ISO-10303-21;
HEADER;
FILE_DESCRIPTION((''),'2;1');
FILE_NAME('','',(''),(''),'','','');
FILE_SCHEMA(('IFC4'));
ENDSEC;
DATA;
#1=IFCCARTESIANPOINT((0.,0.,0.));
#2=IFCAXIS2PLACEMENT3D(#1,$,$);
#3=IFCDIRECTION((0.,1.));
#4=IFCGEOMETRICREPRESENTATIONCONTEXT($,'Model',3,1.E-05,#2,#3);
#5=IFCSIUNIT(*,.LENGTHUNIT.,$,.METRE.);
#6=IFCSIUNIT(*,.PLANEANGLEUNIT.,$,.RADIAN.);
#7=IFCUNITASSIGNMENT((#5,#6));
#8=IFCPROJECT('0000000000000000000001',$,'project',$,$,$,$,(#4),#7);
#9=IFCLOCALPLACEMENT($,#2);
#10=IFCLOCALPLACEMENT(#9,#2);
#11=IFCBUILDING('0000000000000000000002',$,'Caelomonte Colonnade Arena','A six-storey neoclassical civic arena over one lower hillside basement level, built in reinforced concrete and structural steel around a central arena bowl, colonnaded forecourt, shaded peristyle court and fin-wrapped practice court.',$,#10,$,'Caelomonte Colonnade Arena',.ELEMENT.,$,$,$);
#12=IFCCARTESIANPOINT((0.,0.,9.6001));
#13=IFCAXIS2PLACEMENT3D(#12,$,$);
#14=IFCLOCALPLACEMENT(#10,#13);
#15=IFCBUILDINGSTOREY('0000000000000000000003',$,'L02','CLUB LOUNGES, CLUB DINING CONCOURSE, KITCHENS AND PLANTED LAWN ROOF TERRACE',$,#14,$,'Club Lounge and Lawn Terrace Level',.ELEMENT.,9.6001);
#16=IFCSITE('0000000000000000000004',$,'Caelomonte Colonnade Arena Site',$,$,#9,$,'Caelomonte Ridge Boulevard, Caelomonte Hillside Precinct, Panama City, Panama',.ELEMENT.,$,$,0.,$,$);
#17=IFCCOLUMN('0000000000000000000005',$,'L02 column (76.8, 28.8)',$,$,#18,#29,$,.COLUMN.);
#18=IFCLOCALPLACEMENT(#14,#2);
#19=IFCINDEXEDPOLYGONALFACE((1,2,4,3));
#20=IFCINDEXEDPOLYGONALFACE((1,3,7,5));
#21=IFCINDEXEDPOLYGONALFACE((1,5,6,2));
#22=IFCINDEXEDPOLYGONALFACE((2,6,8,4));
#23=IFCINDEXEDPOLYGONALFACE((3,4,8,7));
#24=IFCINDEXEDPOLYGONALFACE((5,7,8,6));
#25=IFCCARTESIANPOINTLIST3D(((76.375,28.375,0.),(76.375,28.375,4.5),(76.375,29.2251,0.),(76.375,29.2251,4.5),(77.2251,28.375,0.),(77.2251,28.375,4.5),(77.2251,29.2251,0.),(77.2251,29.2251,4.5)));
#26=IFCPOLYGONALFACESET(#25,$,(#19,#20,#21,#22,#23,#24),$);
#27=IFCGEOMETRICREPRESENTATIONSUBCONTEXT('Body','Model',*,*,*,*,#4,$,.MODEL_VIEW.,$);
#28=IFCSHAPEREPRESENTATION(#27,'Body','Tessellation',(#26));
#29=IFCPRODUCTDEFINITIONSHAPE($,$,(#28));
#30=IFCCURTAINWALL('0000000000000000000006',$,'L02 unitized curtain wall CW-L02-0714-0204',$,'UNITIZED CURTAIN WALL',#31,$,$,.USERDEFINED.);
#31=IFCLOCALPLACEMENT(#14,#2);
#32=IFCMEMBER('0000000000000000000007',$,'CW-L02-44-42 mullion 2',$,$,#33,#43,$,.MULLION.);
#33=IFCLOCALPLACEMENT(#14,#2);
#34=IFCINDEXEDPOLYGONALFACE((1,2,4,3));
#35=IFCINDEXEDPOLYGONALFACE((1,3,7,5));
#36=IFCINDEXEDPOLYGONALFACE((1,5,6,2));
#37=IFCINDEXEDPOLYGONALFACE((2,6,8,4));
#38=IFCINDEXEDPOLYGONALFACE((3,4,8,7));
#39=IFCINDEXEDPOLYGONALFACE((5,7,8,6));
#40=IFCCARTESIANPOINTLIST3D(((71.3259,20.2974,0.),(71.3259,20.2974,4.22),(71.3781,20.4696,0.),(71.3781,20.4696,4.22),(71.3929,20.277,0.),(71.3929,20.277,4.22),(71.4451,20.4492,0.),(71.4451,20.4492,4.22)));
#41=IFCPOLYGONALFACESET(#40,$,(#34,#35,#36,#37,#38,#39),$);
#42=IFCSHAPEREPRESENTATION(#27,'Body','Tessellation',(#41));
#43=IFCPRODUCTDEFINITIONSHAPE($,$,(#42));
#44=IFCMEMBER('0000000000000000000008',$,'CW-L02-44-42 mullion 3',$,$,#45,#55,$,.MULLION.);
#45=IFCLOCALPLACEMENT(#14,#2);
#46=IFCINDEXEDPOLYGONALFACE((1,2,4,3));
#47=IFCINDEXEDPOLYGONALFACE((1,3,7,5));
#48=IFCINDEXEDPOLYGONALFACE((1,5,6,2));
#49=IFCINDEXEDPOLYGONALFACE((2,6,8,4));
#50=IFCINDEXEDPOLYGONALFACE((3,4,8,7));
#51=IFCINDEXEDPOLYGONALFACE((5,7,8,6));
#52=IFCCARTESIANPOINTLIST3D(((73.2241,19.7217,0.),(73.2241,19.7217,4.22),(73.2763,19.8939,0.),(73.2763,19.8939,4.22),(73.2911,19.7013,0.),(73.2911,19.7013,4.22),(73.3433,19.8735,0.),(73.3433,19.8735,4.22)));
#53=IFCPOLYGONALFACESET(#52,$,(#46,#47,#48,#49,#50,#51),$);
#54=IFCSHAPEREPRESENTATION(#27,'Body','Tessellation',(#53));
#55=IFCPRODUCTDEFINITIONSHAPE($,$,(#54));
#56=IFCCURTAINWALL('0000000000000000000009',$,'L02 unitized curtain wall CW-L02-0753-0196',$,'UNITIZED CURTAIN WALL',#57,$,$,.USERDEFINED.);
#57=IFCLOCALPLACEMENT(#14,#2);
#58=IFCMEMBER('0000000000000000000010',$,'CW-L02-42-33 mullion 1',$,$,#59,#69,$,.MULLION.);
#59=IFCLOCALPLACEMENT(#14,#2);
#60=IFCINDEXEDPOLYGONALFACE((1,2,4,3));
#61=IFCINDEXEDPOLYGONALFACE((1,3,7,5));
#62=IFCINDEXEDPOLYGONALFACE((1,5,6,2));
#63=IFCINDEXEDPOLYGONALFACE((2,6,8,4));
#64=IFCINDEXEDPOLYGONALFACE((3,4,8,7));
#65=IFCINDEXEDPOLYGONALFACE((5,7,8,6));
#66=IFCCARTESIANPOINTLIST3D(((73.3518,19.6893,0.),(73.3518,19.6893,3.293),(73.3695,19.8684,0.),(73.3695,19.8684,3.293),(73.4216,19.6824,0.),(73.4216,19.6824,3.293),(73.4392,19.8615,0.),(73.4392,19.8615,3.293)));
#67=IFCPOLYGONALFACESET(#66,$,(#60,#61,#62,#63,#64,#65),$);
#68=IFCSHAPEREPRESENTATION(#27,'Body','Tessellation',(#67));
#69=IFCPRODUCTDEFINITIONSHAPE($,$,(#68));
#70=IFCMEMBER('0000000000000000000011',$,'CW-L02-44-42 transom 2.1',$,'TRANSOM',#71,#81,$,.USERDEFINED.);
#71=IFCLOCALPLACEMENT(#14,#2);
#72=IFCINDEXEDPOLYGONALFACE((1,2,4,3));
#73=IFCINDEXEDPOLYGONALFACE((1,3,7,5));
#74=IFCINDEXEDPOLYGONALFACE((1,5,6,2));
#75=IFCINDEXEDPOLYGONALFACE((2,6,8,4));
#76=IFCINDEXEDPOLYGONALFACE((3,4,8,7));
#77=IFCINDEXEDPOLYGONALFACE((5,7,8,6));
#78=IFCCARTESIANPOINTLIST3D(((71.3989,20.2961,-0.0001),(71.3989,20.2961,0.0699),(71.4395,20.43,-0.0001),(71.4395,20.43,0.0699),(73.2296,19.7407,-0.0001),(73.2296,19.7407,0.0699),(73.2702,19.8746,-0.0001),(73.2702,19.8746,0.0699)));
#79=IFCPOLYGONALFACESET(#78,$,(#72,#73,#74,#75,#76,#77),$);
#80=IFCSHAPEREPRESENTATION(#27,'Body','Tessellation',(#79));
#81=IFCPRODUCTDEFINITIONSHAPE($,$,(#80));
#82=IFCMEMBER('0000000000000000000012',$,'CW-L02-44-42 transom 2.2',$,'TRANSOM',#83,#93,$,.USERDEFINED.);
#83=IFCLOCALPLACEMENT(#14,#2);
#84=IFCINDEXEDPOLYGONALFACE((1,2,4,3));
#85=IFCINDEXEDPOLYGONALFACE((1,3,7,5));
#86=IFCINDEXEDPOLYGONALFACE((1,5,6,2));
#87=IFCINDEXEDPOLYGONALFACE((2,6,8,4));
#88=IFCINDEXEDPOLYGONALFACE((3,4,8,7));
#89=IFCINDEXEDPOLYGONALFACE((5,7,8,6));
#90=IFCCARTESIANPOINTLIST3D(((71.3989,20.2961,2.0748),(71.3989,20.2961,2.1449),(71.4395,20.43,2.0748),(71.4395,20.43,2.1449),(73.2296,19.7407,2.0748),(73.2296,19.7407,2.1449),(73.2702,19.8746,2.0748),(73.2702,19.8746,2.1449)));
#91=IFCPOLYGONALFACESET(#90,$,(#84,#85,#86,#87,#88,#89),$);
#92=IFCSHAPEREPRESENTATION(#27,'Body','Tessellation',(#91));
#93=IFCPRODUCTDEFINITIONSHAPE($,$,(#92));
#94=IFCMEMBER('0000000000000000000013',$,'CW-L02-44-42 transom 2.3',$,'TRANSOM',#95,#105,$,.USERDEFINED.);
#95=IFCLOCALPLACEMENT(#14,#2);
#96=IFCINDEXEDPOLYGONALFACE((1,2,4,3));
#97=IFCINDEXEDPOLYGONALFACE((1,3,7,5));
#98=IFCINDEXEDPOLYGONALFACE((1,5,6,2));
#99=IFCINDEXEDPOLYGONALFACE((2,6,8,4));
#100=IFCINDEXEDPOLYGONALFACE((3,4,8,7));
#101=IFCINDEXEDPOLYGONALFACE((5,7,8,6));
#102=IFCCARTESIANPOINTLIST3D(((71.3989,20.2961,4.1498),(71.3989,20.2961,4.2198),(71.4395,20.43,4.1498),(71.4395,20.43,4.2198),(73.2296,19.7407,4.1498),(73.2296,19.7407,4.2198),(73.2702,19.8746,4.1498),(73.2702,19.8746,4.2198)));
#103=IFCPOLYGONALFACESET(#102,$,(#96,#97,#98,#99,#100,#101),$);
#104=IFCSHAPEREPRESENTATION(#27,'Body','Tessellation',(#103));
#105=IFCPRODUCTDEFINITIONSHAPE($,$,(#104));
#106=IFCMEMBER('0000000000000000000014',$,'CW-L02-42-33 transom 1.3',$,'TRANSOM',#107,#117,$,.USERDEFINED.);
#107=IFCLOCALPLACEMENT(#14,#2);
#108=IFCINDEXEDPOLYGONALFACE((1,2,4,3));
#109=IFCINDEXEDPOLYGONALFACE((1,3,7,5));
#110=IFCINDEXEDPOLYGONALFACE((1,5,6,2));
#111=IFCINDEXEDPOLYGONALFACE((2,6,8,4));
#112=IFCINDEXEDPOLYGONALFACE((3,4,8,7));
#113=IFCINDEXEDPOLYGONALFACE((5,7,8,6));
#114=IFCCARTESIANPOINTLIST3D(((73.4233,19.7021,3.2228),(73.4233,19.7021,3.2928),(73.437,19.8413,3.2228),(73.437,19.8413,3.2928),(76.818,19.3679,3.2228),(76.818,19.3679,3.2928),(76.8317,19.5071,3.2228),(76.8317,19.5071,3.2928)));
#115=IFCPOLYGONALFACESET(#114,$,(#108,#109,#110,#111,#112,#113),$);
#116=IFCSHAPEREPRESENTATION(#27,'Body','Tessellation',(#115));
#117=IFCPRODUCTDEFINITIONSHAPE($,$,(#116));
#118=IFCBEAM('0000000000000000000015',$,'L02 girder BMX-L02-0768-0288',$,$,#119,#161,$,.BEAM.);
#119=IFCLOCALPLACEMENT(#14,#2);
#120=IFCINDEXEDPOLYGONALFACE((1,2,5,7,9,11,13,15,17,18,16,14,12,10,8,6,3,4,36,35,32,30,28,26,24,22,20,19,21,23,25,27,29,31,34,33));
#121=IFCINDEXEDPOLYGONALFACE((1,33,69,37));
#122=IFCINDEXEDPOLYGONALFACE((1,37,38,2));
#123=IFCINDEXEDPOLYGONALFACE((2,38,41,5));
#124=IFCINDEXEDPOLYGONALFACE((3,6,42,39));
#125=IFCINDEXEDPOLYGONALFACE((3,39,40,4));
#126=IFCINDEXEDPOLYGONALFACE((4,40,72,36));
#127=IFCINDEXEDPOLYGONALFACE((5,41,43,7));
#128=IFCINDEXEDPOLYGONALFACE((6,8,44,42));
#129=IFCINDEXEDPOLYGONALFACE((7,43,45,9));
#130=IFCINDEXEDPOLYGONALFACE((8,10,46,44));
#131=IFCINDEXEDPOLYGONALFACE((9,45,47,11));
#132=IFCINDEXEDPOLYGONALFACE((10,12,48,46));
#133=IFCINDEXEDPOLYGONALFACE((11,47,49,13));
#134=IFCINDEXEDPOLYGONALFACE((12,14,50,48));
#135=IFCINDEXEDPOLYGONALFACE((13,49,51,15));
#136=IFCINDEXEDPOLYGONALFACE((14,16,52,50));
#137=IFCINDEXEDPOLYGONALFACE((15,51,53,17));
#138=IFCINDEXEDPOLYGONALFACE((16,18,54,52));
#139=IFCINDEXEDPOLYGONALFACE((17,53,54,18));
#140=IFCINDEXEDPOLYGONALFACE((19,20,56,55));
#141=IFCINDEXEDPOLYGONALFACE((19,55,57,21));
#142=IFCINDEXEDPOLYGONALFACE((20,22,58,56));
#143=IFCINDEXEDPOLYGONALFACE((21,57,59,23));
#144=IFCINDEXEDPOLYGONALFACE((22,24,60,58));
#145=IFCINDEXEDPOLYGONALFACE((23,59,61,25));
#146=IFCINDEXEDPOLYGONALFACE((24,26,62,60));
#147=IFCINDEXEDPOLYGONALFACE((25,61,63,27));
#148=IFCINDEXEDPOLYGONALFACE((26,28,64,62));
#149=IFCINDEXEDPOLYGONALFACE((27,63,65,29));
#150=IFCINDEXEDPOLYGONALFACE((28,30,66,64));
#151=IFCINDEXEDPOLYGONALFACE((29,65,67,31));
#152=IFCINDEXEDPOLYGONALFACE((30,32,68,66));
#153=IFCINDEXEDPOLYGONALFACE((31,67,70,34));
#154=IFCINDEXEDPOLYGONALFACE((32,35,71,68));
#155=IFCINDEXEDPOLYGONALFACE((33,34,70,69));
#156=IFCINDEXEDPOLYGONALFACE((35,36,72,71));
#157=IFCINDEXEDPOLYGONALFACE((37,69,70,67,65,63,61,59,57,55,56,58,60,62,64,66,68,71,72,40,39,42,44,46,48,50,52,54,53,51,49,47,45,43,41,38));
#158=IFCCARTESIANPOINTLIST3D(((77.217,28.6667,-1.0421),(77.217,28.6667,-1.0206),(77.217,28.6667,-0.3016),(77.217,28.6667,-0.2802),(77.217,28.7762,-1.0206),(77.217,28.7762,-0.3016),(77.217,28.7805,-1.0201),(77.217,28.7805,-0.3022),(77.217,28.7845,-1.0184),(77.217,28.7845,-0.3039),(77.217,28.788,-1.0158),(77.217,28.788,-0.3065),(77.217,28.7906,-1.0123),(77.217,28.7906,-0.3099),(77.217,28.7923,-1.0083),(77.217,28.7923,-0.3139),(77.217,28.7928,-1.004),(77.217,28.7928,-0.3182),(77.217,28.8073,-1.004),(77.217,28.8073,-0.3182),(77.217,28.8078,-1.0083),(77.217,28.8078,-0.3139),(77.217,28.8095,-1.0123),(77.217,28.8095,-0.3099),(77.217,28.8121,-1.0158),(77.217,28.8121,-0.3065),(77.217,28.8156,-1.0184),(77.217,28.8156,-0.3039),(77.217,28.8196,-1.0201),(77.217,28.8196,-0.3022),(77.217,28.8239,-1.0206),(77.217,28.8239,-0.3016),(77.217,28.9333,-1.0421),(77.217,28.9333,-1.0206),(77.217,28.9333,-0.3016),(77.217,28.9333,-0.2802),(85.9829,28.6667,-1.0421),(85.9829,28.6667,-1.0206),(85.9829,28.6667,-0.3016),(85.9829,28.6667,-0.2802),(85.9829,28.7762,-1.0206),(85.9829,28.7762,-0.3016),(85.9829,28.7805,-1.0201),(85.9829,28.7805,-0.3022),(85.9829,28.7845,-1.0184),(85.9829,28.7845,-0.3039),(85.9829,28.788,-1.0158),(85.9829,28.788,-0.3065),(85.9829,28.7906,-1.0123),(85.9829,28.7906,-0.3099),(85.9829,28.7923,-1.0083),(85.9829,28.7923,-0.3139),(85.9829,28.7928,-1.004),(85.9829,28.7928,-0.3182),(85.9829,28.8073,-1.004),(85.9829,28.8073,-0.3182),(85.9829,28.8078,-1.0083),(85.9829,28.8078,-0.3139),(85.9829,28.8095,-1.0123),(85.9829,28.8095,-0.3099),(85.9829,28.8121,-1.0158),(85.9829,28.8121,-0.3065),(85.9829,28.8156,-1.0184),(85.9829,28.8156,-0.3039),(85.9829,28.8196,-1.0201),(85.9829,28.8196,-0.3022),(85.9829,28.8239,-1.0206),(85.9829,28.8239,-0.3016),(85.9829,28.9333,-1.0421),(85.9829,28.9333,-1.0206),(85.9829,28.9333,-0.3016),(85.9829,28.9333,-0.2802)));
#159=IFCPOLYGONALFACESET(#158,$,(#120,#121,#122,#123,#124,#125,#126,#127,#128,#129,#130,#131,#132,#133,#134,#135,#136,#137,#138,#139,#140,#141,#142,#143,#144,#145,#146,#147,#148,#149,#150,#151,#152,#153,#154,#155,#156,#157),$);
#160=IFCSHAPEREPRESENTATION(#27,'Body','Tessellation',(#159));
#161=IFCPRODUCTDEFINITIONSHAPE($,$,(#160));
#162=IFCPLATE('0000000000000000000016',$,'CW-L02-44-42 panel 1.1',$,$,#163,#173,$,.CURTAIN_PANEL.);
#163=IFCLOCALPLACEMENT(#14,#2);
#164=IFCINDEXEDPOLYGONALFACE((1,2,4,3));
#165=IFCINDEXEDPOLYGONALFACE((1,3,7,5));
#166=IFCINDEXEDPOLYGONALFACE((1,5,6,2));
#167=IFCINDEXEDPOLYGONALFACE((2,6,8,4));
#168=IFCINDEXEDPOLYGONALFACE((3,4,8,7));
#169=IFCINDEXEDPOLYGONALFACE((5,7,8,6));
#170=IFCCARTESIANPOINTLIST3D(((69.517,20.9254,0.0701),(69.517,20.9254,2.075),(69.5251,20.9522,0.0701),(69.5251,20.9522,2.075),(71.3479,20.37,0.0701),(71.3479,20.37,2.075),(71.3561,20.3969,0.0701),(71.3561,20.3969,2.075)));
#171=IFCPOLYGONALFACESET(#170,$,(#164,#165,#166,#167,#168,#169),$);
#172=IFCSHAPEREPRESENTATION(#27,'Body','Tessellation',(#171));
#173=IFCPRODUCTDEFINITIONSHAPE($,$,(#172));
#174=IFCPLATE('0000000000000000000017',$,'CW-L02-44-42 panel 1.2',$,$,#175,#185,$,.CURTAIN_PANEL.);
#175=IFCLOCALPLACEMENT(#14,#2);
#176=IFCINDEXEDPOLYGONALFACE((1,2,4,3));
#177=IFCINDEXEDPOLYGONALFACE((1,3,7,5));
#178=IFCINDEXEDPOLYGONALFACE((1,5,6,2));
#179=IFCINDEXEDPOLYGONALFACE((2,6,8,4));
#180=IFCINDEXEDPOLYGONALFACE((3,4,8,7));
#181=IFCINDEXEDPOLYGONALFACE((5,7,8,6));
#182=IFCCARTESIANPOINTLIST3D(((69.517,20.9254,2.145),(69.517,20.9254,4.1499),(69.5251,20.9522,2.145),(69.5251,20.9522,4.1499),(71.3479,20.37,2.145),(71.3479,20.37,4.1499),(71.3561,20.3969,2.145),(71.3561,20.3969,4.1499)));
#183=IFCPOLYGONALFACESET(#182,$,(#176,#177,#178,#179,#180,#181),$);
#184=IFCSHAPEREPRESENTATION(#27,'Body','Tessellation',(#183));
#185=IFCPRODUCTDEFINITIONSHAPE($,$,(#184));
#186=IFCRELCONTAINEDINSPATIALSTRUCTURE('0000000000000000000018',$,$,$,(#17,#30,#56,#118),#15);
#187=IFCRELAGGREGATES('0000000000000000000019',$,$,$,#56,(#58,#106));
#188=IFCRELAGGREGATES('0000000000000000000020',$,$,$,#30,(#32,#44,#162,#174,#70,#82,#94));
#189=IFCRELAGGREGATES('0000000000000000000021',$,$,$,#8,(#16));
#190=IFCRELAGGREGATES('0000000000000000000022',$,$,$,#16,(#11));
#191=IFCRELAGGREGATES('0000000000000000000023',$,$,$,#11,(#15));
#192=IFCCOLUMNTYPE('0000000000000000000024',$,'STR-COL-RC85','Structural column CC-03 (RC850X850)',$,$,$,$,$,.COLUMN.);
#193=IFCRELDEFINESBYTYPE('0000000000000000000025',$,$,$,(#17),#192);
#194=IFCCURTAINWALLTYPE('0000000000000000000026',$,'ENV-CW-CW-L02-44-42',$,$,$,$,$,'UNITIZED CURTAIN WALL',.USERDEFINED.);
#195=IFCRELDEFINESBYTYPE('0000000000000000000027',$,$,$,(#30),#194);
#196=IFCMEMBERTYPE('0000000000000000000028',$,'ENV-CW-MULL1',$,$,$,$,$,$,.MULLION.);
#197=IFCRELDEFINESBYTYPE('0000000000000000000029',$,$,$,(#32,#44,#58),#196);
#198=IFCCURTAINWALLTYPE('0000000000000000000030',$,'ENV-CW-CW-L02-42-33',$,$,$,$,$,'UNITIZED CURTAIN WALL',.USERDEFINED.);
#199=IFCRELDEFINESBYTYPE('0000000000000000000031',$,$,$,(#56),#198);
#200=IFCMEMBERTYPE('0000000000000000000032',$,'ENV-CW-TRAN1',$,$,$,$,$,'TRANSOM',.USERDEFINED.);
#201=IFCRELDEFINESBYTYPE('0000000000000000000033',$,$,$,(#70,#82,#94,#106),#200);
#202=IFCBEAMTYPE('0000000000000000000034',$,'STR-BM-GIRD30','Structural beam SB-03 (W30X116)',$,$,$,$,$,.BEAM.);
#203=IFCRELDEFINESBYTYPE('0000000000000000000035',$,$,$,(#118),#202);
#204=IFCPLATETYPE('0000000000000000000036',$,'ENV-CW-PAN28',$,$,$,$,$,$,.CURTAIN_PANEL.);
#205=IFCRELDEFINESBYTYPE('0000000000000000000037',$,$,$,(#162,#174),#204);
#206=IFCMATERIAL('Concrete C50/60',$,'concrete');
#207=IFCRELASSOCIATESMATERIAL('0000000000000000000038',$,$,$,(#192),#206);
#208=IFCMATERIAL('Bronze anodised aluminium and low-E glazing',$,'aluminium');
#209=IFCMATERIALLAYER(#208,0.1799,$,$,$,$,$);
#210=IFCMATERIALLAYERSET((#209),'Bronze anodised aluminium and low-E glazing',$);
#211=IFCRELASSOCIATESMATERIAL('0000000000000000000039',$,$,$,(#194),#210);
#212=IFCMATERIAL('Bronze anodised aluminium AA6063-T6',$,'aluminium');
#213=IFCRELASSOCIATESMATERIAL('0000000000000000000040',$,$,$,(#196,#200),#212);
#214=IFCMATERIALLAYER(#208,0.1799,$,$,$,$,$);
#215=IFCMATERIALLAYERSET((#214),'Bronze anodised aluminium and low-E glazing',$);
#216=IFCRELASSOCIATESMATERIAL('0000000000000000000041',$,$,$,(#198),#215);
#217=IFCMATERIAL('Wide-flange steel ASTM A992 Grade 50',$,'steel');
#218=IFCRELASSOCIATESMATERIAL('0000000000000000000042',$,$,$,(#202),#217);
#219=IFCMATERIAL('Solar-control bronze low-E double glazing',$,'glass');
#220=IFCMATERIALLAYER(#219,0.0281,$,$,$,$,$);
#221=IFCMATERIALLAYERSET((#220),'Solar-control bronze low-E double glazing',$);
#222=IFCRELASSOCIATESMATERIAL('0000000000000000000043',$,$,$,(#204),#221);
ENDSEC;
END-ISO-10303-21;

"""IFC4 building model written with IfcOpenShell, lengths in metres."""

from ifc_helpers import new_model, si_unit, direction, frame, origin, origin_2d, place, context, subcontext, project, spatial, rectangle, i_section, extrude, material, layer, layer_set, material_profile, profile_set, type_object, element, aggregate, save


model = new_model("IFC4")

# Units and contexts
model_context = context("Model", 3, precision=1e-05, world=origin(), true_north=direction((0.0, 1.0)))
body_context = subcontext(model_context, "Body", "Model", "MODEL_VIEW")
ifc_project = project(units=[si_unit("LENGTHUNIT", "METRE"), si_unit("PLANEANGLEUNIT", "RADIAN")], contexts=[model_context])

# Site, building, storey
site_placement = place(None, origin())
site = spatial("IfcSite", under=ifc_project, at=site_placement, Name="Caelomonte Colonnade Arena Site", LongName="Caelomonte Ridge Boulevard, Caelomonte Hillside Precinct, Panama City, Panama", CompositionType="ELEMENT", RefElevation=0.0)
building_placement = place(site_placement, origin())
building = spatial("IfcBuilding", under=site, at=building_placement, Name="Caelomonte Colonnade Arena", Description="A six-storey neoclassical civic arena over one lower hillside basement level, built in reinforced concrete and structural steel around a central arena bowl, colonnaded forecourt, shaded peristyle court and fin-wrapped practice court.", LongName="Caelomonte Colonnade Arena", CompositionType="ELEMENT")
storey_placement = place(building_placement, frame((0.0, 0.0, 9.6001)))
storey = spatial("IfcBuildingStorey", under=building, at=storey_placement, Name="L02", Description="CLUB LOUNGES, CLUB DINING CONCOURSE, KITCHENS AND PLANTED LAWN ROOF TERRACE", LongName="Club Lounge and Lawn Terrace Level", CompositionType="ELEMENT", Elevation=9.6001)

# Column
ifc_material_1 = material(Name="Concrete C50/60", Category="concrete")
ifc_material_profile_1 = material_profile(ifc_material_1, rectangle(XDim=0.8501, YDim=0.8501, at=origin_2d()), Name="RC850X850")
ifc_profile_set_1 = profile_set([ifc_material_profile_1], Name="Concrete C50/60")
column_type = type_object("IfcColumnType", Name="STR-COL-RC85", Description="Structural column CC-03 (RC850X850)", PredefinedType="COLUMN", material=ifc_profile_set_1)
column_placement = place(storey_placement, frame((76.8, 28.8, 0.0), z_axis=(0.0, 0.0, 1.0), x_axis=(1.0, 0.0, 0.0)))
element("IfcColumn", 1, at=column_placement, inside=storey, type_object=column_type, Name="L02 column (76.8, 28.8)", PredefinedType="COLUMN", context=body_context, shape_type="SweptSolid", body=[
    extrude(rectangle(XDim=0.8501, YDim=0.8501, at=origin_2d()), origin(), (0.0, 0.0, 1.0), 4.5),
])

# Curtain wall, members
ifc_material_2 = material(Name="Bronze anodised aluminium and low-E glazing", Category="aluminium")
ifc_layer_1 = layer(ifc_material_2, 0.1799)
ifc_layer_set_1 = layer_set([ifc_layer_1], Name="Bronze anodised aluminium and low-E glazing")
curtain_wall_type_1 = type_object("IfcCurtainWallType", Name="ENV-CW-CW-L02-44-42", ElementType="UNITIZED CURTAIN WALL", PredefinedType="USERDEFINED", material=ifc_layer_set_1)
curtain_wall_1_placement = place(storey_placement, origin())
curtain_wall_1 = element("IfcCurtainWall", 2, at=curtain_wall_1_placement, inside=storey, type_object=curtain_wall_type_1, Name="L02 unitized curtain wall CW-L02-0714-0204", ObjectType="UNITIZED CURTAIN WALL", PredefinedType="USERDEFINED")
ifc_material_3 = material(Name="Bronze anodised aluminium AA6063-T6", Category="aluminium")
ifc_material_profile_2 = material_profile(ifc_material_3, rectangle(XDim=0.0701, YDim=0.1799, at=origin_2d()), Name="CWM-70X180")
ifc_profile_set_2 = profile_set([ifc_material_profile_2], Name="Bronze anodised aluminium AA6063-T6")
member_type_1 = type_object("IfcMemberType", Name="ENV-CW-MULL1", PredefinedType="MULLION", material=ifc_profile_set_2)
member_1_placement = place(storey_placement, frame((71.3855, 20.3733, 0.0), z_axis=(0.0, 0.0, 1.0), x_axis=(0.956949, -0.290256, 0.0)))
member_1 = element("IfcMember", 3, at=member_1_placement, type_object=member_type_1, Name="CW-L02-44-42 mullion 2", PredefinedType="MULLION", context=body_context, shape_type="SweptSolid", body=[
    extrude(rectangle(XDim=0.0701, YDim=0.1799, at=origin_2d()), origin(), (0.0, 0.0, 1.0), 4.22),
])
member_2_placement = place(storey_placement, frame((73.2837, 19.7976, 0.0), z_axis=(0.0, 0.0, 1.0), x_axis=(0.956949, -0.290256, 0.0)))
member_2 = element("IfcMember", 4, at=member_2_placement, type_object=member_type_1, Name="CW-L02-44-42 mullion 3", PredefinedType="MULLION", context=body_context, shape_type="SweptSolid", body=[
    extrude(rectangle(XDim=0.0701, YDim=0.1799, at=origin_2d()), origin(), (0.0, 0.0, 1.0), 4.22),
])

# Curtain wall, member
ifc_layer_2 = layer(ifc_material_2, 0.1799)
ifc_layer_set_2 = layer_set([ifc_layer_2], Name="Bronze anodised aluminium and low-E glazing")
curtain_wall_type_2 = type_object("IfcCurtainWallType", Name="ENV-CW-CW-L02-42-33", ElementType="UNITIZED CURTAIN WALL", PredefinedType="USERDEFINED", material=ifc_layer_set_2)
curtain_wall_2_placement = place(storey_placement, origin())
curtain_wall_2 = element("IfcCurtainWall", 5, at=curtain_wall_2_placement, inside=storey, type_object=curtain_wall_type_2, Name="L02 unitized curtain wall CW-L02-0753-0196", ObjectType="UNITIZED CURTAIN WALL", PredefinedType="USERDEFINED")
member_3_placement = place(storey_placement, frame((73.3955, 19.7754, 0.0), z_axis=(0.0, 0.0, 1.0), x_axis=(0.995184, -0.098023, 0.0)))
member_3 = element("IfcMember", 6, at=member_3_placement, type_object=member_type_1, Name="CW-L02-42-33 mullion 1", PredefinedType="MULLION", context=body_context, shape_type="SweptSolid", body=[
    extrude(rectangle(XDim=0.0701, YDim=0.1799, at=origin_2d()), origin(), (0.0, 0.0, 1.0), 3.293),
])

# Members
ifc_material_profile_3 = material_profile(ifc_material_3, rectangle(XDim=0.0701, YDim=0.1399, at=origin_2d()), Name="CWT-70X140")
ifc_profile_set_3 = profile_set([ifc_material_profile_3], Name="Bronze anodised aluminium AA6063-T6")
member_type_2 = type_object("IfcMemberType", Name="ENV-CW-TRAN1", ElementType="TRANSOM", PredefinedType="USERDEFINED", material=ifc_profile_set_3)
member_4_placement = place(storey_placement, frame((71.4192, 20.363, 0.0349), z_axis=(0.956933, -0.290308, 0.0), x_axis=(0.0, 0.0, 1.0)))
member_4 = element("IfcMember", 7, at=member_4_placement, type_object=member_type_2, Name="CW-L02-44-42 transom 2.1", ObjectType="TRANSOM", PredefinedType="USERDEFINED", context=body_context, shape_type="SweptSolid", body=[
    extrude(rectangle(XDim=0.0701, YDim=0.1399, at=origin_2d()), origin(), (0.0, 0.0, 1.0), 1.9131),
])
member_5_placement = place(storey_placement, frame((71.4192, 20.363, 2.1099), z_axis=(0.956933, -0.290308, 0.0), x_axis=(0.0, 0.0, 1.0)))
member_5 = element("IfcMember", 8, at=member_5_placement, type_object=member_type_2, Name="CW-L02-44-42 transom 2.2", ObjectType="TRANSOM", PredefinedType="USERDEFINED", context=body_context, shape_type="SweptSolid", body=[
    extrude(rectangle(XDim=0.0701, YDim=0.1399, at=origin_2d()), origin(), (0.0, 0.0, 1.0), 1.9131),
])
member_6_placement = place(storey_placement, frame((71.4192, 20.363, 4.1848), z_axis=(0.956933, -0.290308, 0.0), x_axis=(0.0, 0.0, 1.0)))
member_6 = element("IfcMember", 9, at=member_6_placement, type_object=member_type_2, Name="CW-L02-44-42 transom 2.3", ObjectType="TRANSOM", PredefinedType="USERDEFINED", context=body_context, shape_type="SweptSolid", body=[
    extrude(rectangle(XDim=0.0701, YDim=0.1399, at=origin_2d()), origin(), (0.0, 0.0, 1.0), 1.9131),
])
member_7_placement = place(storey_placement, frame((73.4302, 19.7717, 3.2578), z_axis=(0.995188, -0.09798, 0.0), x_axis=(0.0, 0.0, 1.0)))
member_7 = element("IfcMember", 10, at=member_7_placement, type_object=member_type_2, Name="CW-L02-42-33 transom 1.3", ObjectType="TRANSOM", PredefinedType="USERDEFINED", context=body_context, shape_type="SweptSolid", body=[
    extrude(rectangle(XDim=0.0701, YDim=0.1399, at=origin_2d()), origin(), (0.0, 0.0, 1.0), 3.4111),
])
aggregate(curtain_wall_2, [member_3, member_7])

# Beam
ifc_material_4 = material(Name="Wide-flange steel ASTM A992 Grade 50", Category="steel")
ifc_material_profile_4 = material_profile(ifc_material_4, i_section(OverallWidth=0.2666, OverallDepth=0.762, WebThickness=0.0144, FlangeThickness=0.0215, FilletRadius=0.0166, at=origin_2d()), Name="W30X116")
ifc_profile_set_4 = profile_set([ifc_material_profile_4], Name="Wide-flange steel ASTM A992 Grade 50")
beam_type = type_object("IfcBeamType", Name="STR-BM-GIRD30", Description="Structural beam SB-03 (W30X116)", PredefinedType="BEAM", material=ifc_profile_set_4)
beam_placement = place(storey_placement, frame((77.217, 28.8, -0.6611), z_axis=(1.0, 0.0, 0.0), x_axis=(0.0, 1.0, 0.0)))
element("IfcBeam", 11, at=beam_placement, inside=storey, type_object=beam_type, Name="L02 girder BMX-L02-0768-0288", PredefinedType="BEAM", context=body_context, shape_type="SweptSolid", body=[
    extrude(i_section(OverallWidth=0.2666, OverallDepth=0.762, WebThickness=0.0144, FlangeThickness=0.0215, FilletRadius=0.0166, at=origin_2d()), origin(), (0.0, 0.0, 1.0), 8.7659),
])

# Plates
ifc_material_5 = material(Name="Solar-control bronze low-E double glazing", Category="glass")
ifc_layer_3 = layer(ifc_material_5, 0.0281)
ifc_layer_set_3 = layer_set([ifc_layer_3], Name="Solar-control bronze low-E double glazing")
plate_type = type_object("IfcPlateType", Name="ENV-CW-PAN28", PredefinedType="CURTAIN_PANEL", material=ifc_layer_set_3)
plate_1_placement = place(storey_placement, frame((70.4365, 20.6611, 0.0701), z_axis=(0.0, 0.0, 1.0), x_axis=(0.956949, -0.290256, 0.0)))
plate_1 = element("IfcPlate", 12, at=plate_1_placement, type_object=plate_type, Name="CW-L02-44-42 panel 1.1", PredefinedType="CURTAIN_PANEL", context=body_context, shape_type="SweptSolid", body=[
    extrude(rectangle(XDim=1.9133, YDim=0.0281, at=origin_2d()), origin(), (0.0, 0.0, 1.0), 2.0049),
])
plate_2_placement = place(storey_placement, frame((70.4365, 20.6611, 2.145), z_axis=(0.0, 0.0, 1.0), x_axis=(0.956949, -0.290256, 0.0)))
plate_2 = element("IfcPlate", 13, at=plate_2_placement, type_object=plate_type, Name="CW-L02-44-42 panel 1.2", PredefinedType="CURTAIN_PANEL", context=body_context, shape_type="SweptSolid", body=[
    extrude(rectangle(XDim=1.9133, YDim=0.0281, at=origin_2d()), origin(), (0.0, 0.0, 1.0), 2.0049),
])
aggregate(curtain_wall_1, [member_1, member_2, plate_1, plate_2, member_4, member_5, member_6])

save(model, "model.ifc")
